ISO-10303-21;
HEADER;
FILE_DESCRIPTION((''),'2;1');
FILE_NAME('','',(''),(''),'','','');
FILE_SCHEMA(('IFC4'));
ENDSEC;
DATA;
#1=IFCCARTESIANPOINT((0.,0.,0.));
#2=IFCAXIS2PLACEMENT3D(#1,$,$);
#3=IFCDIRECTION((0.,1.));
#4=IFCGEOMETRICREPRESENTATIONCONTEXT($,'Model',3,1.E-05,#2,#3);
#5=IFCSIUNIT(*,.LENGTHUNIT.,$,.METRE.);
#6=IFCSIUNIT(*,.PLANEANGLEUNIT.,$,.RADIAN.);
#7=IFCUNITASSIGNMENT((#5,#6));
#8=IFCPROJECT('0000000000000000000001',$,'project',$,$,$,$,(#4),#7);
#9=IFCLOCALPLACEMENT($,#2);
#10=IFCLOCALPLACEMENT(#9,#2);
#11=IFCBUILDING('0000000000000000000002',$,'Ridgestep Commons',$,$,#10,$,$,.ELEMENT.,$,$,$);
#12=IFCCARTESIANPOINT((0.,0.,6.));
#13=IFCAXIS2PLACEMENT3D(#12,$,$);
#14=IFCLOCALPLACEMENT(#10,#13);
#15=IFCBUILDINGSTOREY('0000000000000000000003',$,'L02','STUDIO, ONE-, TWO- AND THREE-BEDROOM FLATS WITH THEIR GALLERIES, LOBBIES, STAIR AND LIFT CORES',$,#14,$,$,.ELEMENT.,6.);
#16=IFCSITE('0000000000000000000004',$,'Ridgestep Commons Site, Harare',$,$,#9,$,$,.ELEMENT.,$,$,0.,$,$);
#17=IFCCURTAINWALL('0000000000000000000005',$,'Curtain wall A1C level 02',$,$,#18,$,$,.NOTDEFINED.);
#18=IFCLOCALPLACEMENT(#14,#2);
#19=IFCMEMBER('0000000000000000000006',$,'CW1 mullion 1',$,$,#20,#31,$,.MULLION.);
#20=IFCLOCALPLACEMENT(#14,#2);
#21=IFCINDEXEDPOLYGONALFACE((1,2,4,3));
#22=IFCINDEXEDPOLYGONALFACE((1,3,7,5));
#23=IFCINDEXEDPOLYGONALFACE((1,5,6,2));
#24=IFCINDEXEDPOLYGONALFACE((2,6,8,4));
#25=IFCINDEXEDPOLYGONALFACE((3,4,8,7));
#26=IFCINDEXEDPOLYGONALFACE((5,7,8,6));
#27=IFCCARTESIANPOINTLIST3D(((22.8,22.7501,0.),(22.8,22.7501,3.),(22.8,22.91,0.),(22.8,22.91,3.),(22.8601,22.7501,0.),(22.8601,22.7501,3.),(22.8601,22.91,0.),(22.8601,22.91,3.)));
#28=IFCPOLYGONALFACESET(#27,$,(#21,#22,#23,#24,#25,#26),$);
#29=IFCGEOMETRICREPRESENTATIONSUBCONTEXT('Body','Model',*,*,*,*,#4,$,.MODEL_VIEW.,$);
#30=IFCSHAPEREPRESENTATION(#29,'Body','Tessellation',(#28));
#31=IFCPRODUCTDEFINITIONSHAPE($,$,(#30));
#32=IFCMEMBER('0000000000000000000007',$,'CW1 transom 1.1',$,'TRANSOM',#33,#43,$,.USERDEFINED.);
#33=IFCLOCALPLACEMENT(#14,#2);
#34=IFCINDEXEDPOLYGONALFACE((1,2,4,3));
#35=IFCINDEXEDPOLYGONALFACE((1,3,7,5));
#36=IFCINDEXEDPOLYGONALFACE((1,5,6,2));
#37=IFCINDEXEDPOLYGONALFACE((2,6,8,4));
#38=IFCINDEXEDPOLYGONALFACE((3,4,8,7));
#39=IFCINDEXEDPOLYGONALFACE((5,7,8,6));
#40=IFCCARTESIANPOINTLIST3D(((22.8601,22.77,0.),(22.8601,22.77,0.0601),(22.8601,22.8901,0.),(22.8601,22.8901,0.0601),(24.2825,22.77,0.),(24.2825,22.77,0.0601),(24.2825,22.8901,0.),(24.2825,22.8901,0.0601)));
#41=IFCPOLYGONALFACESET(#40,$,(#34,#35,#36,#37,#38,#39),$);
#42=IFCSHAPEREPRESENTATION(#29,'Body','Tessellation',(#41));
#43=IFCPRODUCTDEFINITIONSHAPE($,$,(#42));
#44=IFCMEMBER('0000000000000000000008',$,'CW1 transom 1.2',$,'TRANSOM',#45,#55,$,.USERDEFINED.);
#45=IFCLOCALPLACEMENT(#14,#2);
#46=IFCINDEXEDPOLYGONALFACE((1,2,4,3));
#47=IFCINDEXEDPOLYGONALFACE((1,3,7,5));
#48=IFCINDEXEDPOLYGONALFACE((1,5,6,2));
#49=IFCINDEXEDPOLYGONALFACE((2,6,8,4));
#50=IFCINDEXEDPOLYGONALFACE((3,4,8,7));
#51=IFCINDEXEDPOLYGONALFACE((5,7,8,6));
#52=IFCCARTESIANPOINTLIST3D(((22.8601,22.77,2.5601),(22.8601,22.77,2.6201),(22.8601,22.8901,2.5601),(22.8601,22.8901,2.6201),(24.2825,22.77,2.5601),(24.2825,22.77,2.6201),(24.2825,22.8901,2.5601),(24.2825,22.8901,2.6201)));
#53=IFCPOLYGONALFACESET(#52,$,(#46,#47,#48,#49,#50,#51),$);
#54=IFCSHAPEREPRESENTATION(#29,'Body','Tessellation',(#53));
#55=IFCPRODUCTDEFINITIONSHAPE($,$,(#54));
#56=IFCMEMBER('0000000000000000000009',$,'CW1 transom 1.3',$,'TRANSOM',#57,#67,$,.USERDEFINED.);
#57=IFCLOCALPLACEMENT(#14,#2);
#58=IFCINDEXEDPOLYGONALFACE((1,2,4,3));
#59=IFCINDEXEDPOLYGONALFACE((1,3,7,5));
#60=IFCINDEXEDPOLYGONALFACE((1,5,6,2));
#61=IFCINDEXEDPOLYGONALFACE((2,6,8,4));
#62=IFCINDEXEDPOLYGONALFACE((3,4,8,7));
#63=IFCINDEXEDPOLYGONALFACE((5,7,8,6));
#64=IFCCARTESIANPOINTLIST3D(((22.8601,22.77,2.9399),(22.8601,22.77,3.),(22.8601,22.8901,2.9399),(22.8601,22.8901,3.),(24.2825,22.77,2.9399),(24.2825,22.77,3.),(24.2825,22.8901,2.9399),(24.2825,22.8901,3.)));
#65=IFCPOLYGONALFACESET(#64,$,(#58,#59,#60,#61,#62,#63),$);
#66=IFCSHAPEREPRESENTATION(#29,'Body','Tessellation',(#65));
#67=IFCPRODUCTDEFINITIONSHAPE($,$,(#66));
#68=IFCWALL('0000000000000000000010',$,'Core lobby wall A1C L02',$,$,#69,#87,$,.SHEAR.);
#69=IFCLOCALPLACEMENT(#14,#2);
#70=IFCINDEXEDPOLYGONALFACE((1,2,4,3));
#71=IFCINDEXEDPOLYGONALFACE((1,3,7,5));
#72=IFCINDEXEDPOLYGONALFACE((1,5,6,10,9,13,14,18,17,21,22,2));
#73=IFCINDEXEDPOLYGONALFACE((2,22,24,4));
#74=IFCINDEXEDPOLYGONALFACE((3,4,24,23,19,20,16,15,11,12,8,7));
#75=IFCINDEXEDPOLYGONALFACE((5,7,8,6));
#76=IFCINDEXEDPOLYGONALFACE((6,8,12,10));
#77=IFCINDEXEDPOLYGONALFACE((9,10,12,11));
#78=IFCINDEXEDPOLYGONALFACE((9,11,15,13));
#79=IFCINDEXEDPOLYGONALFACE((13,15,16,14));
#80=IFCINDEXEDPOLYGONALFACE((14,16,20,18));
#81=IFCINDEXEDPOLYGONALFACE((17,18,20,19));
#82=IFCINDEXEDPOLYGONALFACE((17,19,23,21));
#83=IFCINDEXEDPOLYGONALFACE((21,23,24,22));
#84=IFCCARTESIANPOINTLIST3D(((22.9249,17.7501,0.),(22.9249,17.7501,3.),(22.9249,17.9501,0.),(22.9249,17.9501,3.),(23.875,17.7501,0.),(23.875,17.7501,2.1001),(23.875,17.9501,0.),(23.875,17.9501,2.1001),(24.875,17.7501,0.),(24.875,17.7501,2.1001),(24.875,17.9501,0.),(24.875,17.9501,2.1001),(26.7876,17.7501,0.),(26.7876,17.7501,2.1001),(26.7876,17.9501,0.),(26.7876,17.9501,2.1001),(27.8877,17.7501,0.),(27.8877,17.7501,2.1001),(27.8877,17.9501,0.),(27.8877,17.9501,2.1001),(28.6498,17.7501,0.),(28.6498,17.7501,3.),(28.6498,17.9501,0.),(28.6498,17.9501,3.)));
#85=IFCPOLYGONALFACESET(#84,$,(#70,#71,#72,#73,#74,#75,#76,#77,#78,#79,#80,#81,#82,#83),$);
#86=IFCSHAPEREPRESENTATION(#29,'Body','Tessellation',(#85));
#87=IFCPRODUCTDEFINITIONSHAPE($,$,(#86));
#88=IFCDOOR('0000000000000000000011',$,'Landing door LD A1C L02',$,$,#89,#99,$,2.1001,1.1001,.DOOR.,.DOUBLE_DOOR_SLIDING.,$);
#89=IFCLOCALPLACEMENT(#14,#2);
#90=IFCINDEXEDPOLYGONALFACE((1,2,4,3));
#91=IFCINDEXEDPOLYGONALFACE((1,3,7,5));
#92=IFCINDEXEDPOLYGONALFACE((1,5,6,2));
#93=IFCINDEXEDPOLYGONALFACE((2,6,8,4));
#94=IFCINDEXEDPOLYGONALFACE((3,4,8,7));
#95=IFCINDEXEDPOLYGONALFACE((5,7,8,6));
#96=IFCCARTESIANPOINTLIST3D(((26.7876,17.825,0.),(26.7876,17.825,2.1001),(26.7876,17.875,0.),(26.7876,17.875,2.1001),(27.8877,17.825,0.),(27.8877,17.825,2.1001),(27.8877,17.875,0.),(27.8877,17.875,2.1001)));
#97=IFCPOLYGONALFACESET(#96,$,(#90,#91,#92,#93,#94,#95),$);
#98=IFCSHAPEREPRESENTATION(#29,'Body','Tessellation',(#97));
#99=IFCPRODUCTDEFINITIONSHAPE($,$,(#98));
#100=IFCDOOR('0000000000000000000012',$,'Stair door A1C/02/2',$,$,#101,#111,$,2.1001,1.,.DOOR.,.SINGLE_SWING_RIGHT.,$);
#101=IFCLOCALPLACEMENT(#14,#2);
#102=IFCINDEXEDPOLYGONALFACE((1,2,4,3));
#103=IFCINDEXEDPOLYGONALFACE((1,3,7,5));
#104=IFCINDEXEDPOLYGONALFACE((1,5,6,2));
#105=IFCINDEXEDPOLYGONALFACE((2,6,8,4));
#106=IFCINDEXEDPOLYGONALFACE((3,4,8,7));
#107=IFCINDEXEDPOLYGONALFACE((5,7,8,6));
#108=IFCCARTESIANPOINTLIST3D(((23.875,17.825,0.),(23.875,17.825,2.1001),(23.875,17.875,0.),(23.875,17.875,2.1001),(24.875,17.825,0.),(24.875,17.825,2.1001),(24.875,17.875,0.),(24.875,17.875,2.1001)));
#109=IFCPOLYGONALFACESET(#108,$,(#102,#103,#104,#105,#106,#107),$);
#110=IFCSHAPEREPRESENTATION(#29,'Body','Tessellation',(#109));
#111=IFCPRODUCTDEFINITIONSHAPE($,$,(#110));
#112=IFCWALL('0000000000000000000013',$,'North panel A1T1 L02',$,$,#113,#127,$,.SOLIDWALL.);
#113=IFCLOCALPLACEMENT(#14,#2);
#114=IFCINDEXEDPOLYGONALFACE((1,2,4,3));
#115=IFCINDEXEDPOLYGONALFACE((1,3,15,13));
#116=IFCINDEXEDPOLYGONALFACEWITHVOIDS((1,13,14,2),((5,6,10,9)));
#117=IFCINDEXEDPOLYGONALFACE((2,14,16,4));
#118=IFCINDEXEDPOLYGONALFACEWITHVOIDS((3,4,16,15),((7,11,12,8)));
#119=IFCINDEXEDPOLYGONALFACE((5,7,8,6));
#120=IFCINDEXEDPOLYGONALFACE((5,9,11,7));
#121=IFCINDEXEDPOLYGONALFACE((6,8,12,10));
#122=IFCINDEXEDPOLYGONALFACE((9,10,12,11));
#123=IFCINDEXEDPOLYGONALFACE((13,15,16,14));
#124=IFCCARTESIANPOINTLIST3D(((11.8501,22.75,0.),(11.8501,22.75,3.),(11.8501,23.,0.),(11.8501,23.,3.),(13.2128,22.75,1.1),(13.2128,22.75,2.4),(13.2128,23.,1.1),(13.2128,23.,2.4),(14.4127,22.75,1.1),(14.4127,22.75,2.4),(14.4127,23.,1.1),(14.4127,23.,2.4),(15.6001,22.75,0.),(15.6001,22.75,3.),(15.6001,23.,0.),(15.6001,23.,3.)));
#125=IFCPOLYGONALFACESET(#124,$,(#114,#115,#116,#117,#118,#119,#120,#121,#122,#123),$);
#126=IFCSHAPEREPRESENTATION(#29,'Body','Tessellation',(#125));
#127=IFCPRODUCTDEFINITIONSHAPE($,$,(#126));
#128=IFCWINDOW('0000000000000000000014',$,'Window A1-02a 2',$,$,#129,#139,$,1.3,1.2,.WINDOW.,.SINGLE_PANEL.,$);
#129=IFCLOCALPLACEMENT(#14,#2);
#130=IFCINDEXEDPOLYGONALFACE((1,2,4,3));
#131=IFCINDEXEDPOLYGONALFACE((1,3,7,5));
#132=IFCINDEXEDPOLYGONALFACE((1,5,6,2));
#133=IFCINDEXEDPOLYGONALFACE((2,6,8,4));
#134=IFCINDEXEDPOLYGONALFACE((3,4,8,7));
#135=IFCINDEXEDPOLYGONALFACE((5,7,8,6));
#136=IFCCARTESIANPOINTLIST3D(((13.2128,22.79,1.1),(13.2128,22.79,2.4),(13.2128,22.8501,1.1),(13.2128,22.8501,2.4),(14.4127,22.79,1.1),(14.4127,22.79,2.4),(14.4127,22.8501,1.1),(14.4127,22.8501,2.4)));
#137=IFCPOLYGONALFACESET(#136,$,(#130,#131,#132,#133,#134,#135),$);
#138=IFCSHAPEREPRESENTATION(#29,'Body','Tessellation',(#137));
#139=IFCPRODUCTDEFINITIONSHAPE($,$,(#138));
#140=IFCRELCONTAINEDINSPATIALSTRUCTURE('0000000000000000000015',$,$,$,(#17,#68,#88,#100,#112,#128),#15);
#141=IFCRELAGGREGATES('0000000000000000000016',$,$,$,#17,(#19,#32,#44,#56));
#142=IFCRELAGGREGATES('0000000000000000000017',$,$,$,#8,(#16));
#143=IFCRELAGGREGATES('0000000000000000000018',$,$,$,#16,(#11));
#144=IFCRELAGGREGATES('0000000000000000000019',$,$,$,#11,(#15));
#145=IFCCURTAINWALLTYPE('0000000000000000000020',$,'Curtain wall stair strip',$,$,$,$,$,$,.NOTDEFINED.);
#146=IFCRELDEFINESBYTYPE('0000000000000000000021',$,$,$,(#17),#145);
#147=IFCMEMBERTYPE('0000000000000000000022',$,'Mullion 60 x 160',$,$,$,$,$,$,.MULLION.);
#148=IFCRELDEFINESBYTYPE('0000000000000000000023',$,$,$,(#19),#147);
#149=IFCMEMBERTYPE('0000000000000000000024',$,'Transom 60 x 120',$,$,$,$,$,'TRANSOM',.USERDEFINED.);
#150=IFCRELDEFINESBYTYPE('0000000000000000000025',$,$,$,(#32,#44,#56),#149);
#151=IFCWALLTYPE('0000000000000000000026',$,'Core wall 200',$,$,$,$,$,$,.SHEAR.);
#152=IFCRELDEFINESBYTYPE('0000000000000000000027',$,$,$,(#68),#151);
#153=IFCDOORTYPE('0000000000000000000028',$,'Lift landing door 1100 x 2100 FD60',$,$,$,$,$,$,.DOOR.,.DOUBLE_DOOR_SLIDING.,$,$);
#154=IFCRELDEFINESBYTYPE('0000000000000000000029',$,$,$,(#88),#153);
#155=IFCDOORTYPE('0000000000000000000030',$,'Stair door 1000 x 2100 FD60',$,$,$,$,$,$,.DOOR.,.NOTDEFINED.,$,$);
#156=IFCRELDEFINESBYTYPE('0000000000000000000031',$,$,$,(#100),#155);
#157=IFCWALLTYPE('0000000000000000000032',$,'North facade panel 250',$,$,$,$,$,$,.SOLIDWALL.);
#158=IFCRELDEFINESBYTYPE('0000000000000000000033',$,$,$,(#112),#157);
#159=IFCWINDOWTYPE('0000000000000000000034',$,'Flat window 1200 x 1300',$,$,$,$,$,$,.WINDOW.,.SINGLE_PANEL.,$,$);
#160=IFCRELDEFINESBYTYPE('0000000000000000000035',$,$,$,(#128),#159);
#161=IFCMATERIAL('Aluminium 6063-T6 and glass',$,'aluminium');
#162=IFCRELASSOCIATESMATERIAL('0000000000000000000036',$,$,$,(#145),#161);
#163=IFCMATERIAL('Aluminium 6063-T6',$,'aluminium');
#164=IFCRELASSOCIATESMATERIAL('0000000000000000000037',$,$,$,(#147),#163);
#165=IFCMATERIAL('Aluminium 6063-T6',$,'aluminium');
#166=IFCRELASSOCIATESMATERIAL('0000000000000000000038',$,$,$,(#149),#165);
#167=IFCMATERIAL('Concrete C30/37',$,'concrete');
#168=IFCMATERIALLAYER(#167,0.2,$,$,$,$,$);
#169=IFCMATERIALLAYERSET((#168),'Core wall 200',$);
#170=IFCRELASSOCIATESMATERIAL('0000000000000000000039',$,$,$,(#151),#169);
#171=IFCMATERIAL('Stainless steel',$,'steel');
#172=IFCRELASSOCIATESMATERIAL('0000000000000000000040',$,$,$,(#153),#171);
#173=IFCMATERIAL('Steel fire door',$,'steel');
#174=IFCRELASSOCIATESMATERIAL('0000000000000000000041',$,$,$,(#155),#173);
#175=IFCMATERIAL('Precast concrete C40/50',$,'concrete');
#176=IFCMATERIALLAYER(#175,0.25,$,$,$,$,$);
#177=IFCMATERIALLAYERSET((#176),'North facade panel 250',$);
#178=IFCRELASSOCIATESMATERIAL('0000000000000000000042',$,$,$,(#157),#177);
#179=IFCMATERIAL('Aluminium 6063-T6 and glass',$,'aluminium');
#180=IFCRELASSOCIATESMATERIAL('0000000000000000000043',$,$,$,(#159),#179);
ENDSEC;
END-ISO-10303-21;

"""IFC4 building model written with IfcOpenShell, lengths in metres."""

from ifc_helpers import new_model, si_unit, direction, frame, frame_2d, origin, origin_2d, place, context, subcontext, project, spatial, rectangle, extrude, material, layer, layer_set, material_profile, profile_set, type_object, element, fill, aggregate, save


model = new_model("IFC4")

# Units and contexts
model_context = context("Model", 3, precision=1e-05, world=origin(), true_north=direction((0.0, 1.0)))
body_context = subcontext(model_context, "Body", "Model", "MODEL_VIEW")
ifc_project = project(units=[si_unit("LENGTHUNIT", "METRE"), si_unit("PLANEANGLEUNIT", "RADIAN")], contexts=[model_context])

# Site, building, storey
site_placement = place(None, origin())
site = spatial("IfcSite", under=ifc_project, at=site_placement, Name="Ridgestep Commons Site, Harare", CompositionType="ELEMENT", RefElevation=0.0)
building_placement = place(site_placement, origin())
building = spatial("IfcBuilding", under=site, at=building_placement, Name="Ridgestep Commons", CompositionType="ELEMENT")
storey_placement = place(building_placement, frame((0.0, 0.0, 6.0)))
storey = spatial("IfcBuildingStorey", under=building, at=storey_placement, Name="L02", Description="STUDIO, ONE-, TWO- AND THREE-BEDROOM FLATS WITH THEIR GALLERIES, LOBBIES, STAIR AND LIFT CORES", CompositionType="ELEMENT", Elevation=6.0)

# Curtain wall, members
ifc_material_1 = material(Name="Aluminium 6063-T6 and glass", Category="aluminium")
curtain_wall_type = type_object("IfcCurtainWallType", Name="Curtain wall stair strip", PredefinedType="NOTDEFINED", material=ifc_material_1)
curtain_wall_placement = place(storey_placement, origin())
curtain_wall = element("IfcCurtainWall", 1, at=curtain_wall_placement, inside=storey, type_object=curtain_wall_type, Name="Curtain wall A1C level 02", PredefinedType="NOTDEFINED")
ifc_material_2 = material(Name="Aluminium 6063-T6", Category="aluminium")
ifc_material_profile_1 = material_profile(ifc_material_2, rectangle(XDim=0.1599, YDim=0.0601, at=origin_2d()), Name="Mullion 60 x 160")
ifc_profile_set_1 = profile_set([ifc_material_profile_1], Name="Aluminium 6063-T6")
member_type_1 = type_object("IfcMemberType", Name="Mullion 60 x 160", PredefinedType="MULLION", material=ifc_profile_set_1)
member_1_placement = place(storey_placement, frame((22.8301, 22.8301, 0.0), z_axis=(0.0, 0.0, 1.0), x_axis=(0.0, 1.0, 0.0)))
member_1 = element("IfcMember", 2, at=member_1_placement, type_object=member_type_1, Name="CW1 mullion 1", PredefinedType="MULLION", context=body_context, shape_type="SweptSolid", body=[
    extrude(rectangle(XDim=0.1599, YDim=0.0601, at=origin_2d()), origin(), (0.0, 0.0, 1.0), 3.0),
])
ifc_material_3 = material(Name="Aluminium 6063-T6", Category="aluminium")
ifc_material_profile_2 = material_profile(ifc_material_3, rectangle(XDim=0.1201, YDim=0.0601, at=origin_2d()), Name="Transom 60 x 120")
ifc_profile_set_2 = profile_set([ifc_material_profile_2], Name="Aluminium 6063-T6")
member_type_2 = type_object("IfcMemberType", Name="Transom 60 x 120", ElementType="TRANSOM", PredefinedType="USERDEFINED", material=ifc_profile_set_2)
member_2_placement = place(storey_placement, frame((22.8601, 22.8301, 0.03), z_axis=(1.0, 0.0, 0.0), x_axis=(0.0, 1.0, 0.0)))
member_2 = element("IfcMember", 3, at=member_2_placement, type_object=member_type_2, Name="CW1 transom 1.1", ObjectType="TRANSOM", PredefinedType="USERDEFINED", context=body_context, shape_type="SweptSolid", body=[
    extrude(rectangle(XDim=0.1201, YDim=0.0601, at=origin_2d()), origin(), (0.0, 0.0, 1.0), 1.4224),
])
member_3_placement = place(storey_placement, frame((22.8601, 22.8301, 2.5901), z_axis=(1.0, 0.0, 0.0), x_axis=(0.0, 1.0, 0.0)))
member_3 = element("IfcMember", 4, at=member_3_placement, type_object=member_type_2, Name="CW1 transom 1.2", ObjectType="TRANSOM", PredefinedType="USERDEFINED", context=body_context, shape_type="SweptSolid", body=[
    extrude(rectangle(XDim=0.1201, YDim=0.0601, at=origin_2d()), origin(), (0.0, 0.0, 1.0), 1.4224),
])
member_4_placement = place(storey_placement, frame((22.8601, 22.8301, 2.97), z_axis=(1.0, 0.0, 0.0), x_axis=(0.0, 1.0, 0.0)))
member_4 = element("IfcMember", 5, at=member_4_placement, type_object=member_type_2, Name="CW1 transom 1.3", ObjectType="TRANSOM", PredefinedType="USERDEFINED", context=body_context, shape_type="SweptSolid", body=[
    extrude(rectangle(XDim=0.1201, YDim=0.0601, at=origin_2d()), origin(), (0.0, 0.0, 1.0), 1.4224),
])
aggregate(curtain_wall, [member_1, member_2, member_3, member_4])

# Wall, openings, doors
ifc_material_4 = material(Name="Concrete C30/37", Category="concrete")
ifc_layer_1 = layer(ifc_material_4, 0.2)
ifc_layer_set_1 = layer_set([ifc_layer_1], Name="Core wall 200")
wall_type_1 = type_object("IfcWallType", Name="Core wall 200", PredefinedType="SHEAR", material=ifc_layer_set_1)
wall_1_placement = place(storey_placement, frame((22.925, 17.8501, 0.0), z_axis=(0.0, 0.0, 1.0), x_axis=(1.0, 0.0, 0.0)))
wall_1 = element("IfcWall", 6, at=wall_1_placement, inside=storey, type_object=wall_type_1, Name="Core lobby wall A1C L02", PredefinedType="SHEAR", context=body_context, shape_type="SweptSolid", body=[
    extrude(rectangle(XDim=5.7249, YDim=0.2, at=frame_2d((2.8623, 0.0))), origin(), (0.0, 0.0, 1.0), 3.0),
])
opening_1_placement = place(wall_1_placement, frame((0.95, 0.0, 0.0)))
opening_1 = element("IfcOpeningElement", 7, at=opening_1_placement, cuts=wall_1, PredefinedType="OPENING", context=body_context, shape_type="SweptSolid", body=[
    extrude(rectangle(XDim=1.0, YDim=2.1001, at=frame_2d((0.5, 1.05))), frame((0.0, 0.1099, 0.0), z_axis=(0.0, -1.0, 0.0), x_axis=(1.0, 0.0, 0.0)), (0.0, 0.0, 1.0), 0.22),
])
opening_2_placement = place(wall_1_placement, frame((3.8625, 0.0, 0.0)))
opening_2 = element("IfcOpeningElement", 8, at=opening_2_placement, cuts=wall_1, PredefinedType="OPENING", context=body_context, shape_type="SweptSolid", body=[
    extrude(rectangle(XDim=1.1001, YDim=2.1001, at=frame_2d((0.55, 1.05))), frame((0.0, 0.1099, 0.0), z_axis=(0.0, -1.0, 0.0), x_axis=(1.0, 0.0, 0.0)), (0.0, 0.0, 1.0), 0.22),
])
ifc_material_5 = material(Name="Stainless steel", Category="steel")
door_type_1 = type_object("IfcDoorType", Name="Lift landing door 1100 x 2100 FD60", OperationType="DOUBLE_DOOR_SLIDING", PredefinedType="DOOR", material=ifc_material_5)
door_1_placement = place(opening_2_placement, origin())
door_1 = element("IfcDoor", 9, at=door_1_placement, inside=storey, type_object=door_type_1, Name="Landing door LD A1C L02", OperationType="DOUBLE_DOOR_SLIDING", OverallHeight=2.1001, OverallWidth=1.1001, PredefinedType="DOOR", context=body_context, shape_type="SweptSolid", body=[
    extrude(rectangle(XDim=1.1001, YDim=2.1001, at=frame_2d((0.55, 1.05))), frame((0.0, 0.0249, 0.0), z_axis=(0.0, -1.0, 0.0), x_axis=(1.0, 0.0, 0.0)), (0.0, 0.0, 1.0), 0.05),
])
fill(opening_2, door_1)
ifc_material_6 = material(Name="Steel fire door", Category="steel")
door_type_2 = type_object("IfcDoorType", Name="Stair door 1000 x 2100 FD60", OperationType="NOTDEFINED", PredefinedType="DOOR", material=ifc_material_6)
door_2_placement = place(opening_1_placement, origin())
door_2 = element("IfcDoor", 10, at=door_2_placement, inside=storey, type_object=door_type_2, Name="Stair door A1C/02/2", OperationType="SINGLE_SWING_RIGHT", OverallHeight=2.1001, OverallWidth=1.0, PredefinedType="DOOR", context=body_context, shape_type="SweptSolid", body=[
    extrude(rectangle(XDim=1.0, YDim=2.1001, at=frame_2d((0.5, 1.05))), frame((0.0, 0.0249, 0.0), z_axis=(0.0, -1.0, 0.0), x_axis=(1.0, 0.0, 0.0)), (0.0, 0.0, 1.0), 0.05),
])
fill(opening_1, door_2)

# Wall, opening, window
ifc_material_7 = material(Name="Precast concrete C40/50", Category="concrete")
ifc_layer_2 = layer(ifc_material_7, 0.25)
ifc_layer_set_2 = layer_set([ifc_layer_2], Name="North facade panel 250")
wall_type_2 = type_object("IfcWallType", Name="North facade panel 250", PredefinedType="SOLIDWALL", material=ifc_layer_set_2)
wall_2_placement = place(storey_placement, frame((11.8501, 22.875, 0.0), z_axis=(0.0, 0.0, 1.0), x_axis=(1.0, 0.0, 0.0)))
wall_2 = element("IfcWall", 11, at=wall_2_placement, inside=storey, type_object=wall_type_2, Name="North panel A1T1 L02", PredefinedType="SOLIDWALL", context=body_context, shape_type="SweptSolid", body=[
    extrude(rectangle(XDim=3.75, YDim=0.25, at=frame_2d((1.875, 0.0))), origin(), (0.0, 0.0, 1.0), 3.0),
])
opening_3_placement = place(wall_2_placement, frame((1.3625, 0.0, 1.1001)))
opening_3 = element("IfcOpeningElement", 12, at=opening_3_placement, cuts=wall_2, PredefinedType="OPENING", context=body_context, shape_type="SweptSolid", body=[
    extrude(rectangle(XDim=1.2, YDim=1.3, at=frame_2d((0.6001, 0.6499))), frame((0.0, 0.135, 0.0), z_axis=(0.0, -1.0, 0.0), x_axis=(1.0, 0.0, 0.0)), (0.0, 0.0, 1.0), 0.27),
])
ifc_material_8 = material(Name="Aluminium 6063-T6 and glass", Category="aluminium")
window_type_1 = type_object("IfcWindowType", Name="Flat window 1200 x 1300", PartitioningType="SINGLE_PANEL", PredefinedType="WINDOW", material=ifc_material_8)
window_1_placement = place(opening_3_placement, origin())
window_1 = element("IfcWindow", 13, at=window_1_placement, inside=storey, type_object=window_type_1, Name="Window A1-02a 2", OverallHeight=1.3, OverallWidth=1.2, PartitioningType="SINGLE_PANEL", PredefinedType="WINDOW", context=body_context, shape_type="SweptSolid", body=[
    extrude(rectangle(XDim=1.2, YDim=1.3, at=frame_2d((0.6001, 0.6499))), frame((0.0, -0.0249, 0.0), z_axis=(0.0, -1.0, 0.0), x_axis=(1.0, 0.0, 0.0)), (0.0, 0.0, 1.0), 0.0601),
])
fill(opening_3, window_1)

save(model, "model.ifc")
